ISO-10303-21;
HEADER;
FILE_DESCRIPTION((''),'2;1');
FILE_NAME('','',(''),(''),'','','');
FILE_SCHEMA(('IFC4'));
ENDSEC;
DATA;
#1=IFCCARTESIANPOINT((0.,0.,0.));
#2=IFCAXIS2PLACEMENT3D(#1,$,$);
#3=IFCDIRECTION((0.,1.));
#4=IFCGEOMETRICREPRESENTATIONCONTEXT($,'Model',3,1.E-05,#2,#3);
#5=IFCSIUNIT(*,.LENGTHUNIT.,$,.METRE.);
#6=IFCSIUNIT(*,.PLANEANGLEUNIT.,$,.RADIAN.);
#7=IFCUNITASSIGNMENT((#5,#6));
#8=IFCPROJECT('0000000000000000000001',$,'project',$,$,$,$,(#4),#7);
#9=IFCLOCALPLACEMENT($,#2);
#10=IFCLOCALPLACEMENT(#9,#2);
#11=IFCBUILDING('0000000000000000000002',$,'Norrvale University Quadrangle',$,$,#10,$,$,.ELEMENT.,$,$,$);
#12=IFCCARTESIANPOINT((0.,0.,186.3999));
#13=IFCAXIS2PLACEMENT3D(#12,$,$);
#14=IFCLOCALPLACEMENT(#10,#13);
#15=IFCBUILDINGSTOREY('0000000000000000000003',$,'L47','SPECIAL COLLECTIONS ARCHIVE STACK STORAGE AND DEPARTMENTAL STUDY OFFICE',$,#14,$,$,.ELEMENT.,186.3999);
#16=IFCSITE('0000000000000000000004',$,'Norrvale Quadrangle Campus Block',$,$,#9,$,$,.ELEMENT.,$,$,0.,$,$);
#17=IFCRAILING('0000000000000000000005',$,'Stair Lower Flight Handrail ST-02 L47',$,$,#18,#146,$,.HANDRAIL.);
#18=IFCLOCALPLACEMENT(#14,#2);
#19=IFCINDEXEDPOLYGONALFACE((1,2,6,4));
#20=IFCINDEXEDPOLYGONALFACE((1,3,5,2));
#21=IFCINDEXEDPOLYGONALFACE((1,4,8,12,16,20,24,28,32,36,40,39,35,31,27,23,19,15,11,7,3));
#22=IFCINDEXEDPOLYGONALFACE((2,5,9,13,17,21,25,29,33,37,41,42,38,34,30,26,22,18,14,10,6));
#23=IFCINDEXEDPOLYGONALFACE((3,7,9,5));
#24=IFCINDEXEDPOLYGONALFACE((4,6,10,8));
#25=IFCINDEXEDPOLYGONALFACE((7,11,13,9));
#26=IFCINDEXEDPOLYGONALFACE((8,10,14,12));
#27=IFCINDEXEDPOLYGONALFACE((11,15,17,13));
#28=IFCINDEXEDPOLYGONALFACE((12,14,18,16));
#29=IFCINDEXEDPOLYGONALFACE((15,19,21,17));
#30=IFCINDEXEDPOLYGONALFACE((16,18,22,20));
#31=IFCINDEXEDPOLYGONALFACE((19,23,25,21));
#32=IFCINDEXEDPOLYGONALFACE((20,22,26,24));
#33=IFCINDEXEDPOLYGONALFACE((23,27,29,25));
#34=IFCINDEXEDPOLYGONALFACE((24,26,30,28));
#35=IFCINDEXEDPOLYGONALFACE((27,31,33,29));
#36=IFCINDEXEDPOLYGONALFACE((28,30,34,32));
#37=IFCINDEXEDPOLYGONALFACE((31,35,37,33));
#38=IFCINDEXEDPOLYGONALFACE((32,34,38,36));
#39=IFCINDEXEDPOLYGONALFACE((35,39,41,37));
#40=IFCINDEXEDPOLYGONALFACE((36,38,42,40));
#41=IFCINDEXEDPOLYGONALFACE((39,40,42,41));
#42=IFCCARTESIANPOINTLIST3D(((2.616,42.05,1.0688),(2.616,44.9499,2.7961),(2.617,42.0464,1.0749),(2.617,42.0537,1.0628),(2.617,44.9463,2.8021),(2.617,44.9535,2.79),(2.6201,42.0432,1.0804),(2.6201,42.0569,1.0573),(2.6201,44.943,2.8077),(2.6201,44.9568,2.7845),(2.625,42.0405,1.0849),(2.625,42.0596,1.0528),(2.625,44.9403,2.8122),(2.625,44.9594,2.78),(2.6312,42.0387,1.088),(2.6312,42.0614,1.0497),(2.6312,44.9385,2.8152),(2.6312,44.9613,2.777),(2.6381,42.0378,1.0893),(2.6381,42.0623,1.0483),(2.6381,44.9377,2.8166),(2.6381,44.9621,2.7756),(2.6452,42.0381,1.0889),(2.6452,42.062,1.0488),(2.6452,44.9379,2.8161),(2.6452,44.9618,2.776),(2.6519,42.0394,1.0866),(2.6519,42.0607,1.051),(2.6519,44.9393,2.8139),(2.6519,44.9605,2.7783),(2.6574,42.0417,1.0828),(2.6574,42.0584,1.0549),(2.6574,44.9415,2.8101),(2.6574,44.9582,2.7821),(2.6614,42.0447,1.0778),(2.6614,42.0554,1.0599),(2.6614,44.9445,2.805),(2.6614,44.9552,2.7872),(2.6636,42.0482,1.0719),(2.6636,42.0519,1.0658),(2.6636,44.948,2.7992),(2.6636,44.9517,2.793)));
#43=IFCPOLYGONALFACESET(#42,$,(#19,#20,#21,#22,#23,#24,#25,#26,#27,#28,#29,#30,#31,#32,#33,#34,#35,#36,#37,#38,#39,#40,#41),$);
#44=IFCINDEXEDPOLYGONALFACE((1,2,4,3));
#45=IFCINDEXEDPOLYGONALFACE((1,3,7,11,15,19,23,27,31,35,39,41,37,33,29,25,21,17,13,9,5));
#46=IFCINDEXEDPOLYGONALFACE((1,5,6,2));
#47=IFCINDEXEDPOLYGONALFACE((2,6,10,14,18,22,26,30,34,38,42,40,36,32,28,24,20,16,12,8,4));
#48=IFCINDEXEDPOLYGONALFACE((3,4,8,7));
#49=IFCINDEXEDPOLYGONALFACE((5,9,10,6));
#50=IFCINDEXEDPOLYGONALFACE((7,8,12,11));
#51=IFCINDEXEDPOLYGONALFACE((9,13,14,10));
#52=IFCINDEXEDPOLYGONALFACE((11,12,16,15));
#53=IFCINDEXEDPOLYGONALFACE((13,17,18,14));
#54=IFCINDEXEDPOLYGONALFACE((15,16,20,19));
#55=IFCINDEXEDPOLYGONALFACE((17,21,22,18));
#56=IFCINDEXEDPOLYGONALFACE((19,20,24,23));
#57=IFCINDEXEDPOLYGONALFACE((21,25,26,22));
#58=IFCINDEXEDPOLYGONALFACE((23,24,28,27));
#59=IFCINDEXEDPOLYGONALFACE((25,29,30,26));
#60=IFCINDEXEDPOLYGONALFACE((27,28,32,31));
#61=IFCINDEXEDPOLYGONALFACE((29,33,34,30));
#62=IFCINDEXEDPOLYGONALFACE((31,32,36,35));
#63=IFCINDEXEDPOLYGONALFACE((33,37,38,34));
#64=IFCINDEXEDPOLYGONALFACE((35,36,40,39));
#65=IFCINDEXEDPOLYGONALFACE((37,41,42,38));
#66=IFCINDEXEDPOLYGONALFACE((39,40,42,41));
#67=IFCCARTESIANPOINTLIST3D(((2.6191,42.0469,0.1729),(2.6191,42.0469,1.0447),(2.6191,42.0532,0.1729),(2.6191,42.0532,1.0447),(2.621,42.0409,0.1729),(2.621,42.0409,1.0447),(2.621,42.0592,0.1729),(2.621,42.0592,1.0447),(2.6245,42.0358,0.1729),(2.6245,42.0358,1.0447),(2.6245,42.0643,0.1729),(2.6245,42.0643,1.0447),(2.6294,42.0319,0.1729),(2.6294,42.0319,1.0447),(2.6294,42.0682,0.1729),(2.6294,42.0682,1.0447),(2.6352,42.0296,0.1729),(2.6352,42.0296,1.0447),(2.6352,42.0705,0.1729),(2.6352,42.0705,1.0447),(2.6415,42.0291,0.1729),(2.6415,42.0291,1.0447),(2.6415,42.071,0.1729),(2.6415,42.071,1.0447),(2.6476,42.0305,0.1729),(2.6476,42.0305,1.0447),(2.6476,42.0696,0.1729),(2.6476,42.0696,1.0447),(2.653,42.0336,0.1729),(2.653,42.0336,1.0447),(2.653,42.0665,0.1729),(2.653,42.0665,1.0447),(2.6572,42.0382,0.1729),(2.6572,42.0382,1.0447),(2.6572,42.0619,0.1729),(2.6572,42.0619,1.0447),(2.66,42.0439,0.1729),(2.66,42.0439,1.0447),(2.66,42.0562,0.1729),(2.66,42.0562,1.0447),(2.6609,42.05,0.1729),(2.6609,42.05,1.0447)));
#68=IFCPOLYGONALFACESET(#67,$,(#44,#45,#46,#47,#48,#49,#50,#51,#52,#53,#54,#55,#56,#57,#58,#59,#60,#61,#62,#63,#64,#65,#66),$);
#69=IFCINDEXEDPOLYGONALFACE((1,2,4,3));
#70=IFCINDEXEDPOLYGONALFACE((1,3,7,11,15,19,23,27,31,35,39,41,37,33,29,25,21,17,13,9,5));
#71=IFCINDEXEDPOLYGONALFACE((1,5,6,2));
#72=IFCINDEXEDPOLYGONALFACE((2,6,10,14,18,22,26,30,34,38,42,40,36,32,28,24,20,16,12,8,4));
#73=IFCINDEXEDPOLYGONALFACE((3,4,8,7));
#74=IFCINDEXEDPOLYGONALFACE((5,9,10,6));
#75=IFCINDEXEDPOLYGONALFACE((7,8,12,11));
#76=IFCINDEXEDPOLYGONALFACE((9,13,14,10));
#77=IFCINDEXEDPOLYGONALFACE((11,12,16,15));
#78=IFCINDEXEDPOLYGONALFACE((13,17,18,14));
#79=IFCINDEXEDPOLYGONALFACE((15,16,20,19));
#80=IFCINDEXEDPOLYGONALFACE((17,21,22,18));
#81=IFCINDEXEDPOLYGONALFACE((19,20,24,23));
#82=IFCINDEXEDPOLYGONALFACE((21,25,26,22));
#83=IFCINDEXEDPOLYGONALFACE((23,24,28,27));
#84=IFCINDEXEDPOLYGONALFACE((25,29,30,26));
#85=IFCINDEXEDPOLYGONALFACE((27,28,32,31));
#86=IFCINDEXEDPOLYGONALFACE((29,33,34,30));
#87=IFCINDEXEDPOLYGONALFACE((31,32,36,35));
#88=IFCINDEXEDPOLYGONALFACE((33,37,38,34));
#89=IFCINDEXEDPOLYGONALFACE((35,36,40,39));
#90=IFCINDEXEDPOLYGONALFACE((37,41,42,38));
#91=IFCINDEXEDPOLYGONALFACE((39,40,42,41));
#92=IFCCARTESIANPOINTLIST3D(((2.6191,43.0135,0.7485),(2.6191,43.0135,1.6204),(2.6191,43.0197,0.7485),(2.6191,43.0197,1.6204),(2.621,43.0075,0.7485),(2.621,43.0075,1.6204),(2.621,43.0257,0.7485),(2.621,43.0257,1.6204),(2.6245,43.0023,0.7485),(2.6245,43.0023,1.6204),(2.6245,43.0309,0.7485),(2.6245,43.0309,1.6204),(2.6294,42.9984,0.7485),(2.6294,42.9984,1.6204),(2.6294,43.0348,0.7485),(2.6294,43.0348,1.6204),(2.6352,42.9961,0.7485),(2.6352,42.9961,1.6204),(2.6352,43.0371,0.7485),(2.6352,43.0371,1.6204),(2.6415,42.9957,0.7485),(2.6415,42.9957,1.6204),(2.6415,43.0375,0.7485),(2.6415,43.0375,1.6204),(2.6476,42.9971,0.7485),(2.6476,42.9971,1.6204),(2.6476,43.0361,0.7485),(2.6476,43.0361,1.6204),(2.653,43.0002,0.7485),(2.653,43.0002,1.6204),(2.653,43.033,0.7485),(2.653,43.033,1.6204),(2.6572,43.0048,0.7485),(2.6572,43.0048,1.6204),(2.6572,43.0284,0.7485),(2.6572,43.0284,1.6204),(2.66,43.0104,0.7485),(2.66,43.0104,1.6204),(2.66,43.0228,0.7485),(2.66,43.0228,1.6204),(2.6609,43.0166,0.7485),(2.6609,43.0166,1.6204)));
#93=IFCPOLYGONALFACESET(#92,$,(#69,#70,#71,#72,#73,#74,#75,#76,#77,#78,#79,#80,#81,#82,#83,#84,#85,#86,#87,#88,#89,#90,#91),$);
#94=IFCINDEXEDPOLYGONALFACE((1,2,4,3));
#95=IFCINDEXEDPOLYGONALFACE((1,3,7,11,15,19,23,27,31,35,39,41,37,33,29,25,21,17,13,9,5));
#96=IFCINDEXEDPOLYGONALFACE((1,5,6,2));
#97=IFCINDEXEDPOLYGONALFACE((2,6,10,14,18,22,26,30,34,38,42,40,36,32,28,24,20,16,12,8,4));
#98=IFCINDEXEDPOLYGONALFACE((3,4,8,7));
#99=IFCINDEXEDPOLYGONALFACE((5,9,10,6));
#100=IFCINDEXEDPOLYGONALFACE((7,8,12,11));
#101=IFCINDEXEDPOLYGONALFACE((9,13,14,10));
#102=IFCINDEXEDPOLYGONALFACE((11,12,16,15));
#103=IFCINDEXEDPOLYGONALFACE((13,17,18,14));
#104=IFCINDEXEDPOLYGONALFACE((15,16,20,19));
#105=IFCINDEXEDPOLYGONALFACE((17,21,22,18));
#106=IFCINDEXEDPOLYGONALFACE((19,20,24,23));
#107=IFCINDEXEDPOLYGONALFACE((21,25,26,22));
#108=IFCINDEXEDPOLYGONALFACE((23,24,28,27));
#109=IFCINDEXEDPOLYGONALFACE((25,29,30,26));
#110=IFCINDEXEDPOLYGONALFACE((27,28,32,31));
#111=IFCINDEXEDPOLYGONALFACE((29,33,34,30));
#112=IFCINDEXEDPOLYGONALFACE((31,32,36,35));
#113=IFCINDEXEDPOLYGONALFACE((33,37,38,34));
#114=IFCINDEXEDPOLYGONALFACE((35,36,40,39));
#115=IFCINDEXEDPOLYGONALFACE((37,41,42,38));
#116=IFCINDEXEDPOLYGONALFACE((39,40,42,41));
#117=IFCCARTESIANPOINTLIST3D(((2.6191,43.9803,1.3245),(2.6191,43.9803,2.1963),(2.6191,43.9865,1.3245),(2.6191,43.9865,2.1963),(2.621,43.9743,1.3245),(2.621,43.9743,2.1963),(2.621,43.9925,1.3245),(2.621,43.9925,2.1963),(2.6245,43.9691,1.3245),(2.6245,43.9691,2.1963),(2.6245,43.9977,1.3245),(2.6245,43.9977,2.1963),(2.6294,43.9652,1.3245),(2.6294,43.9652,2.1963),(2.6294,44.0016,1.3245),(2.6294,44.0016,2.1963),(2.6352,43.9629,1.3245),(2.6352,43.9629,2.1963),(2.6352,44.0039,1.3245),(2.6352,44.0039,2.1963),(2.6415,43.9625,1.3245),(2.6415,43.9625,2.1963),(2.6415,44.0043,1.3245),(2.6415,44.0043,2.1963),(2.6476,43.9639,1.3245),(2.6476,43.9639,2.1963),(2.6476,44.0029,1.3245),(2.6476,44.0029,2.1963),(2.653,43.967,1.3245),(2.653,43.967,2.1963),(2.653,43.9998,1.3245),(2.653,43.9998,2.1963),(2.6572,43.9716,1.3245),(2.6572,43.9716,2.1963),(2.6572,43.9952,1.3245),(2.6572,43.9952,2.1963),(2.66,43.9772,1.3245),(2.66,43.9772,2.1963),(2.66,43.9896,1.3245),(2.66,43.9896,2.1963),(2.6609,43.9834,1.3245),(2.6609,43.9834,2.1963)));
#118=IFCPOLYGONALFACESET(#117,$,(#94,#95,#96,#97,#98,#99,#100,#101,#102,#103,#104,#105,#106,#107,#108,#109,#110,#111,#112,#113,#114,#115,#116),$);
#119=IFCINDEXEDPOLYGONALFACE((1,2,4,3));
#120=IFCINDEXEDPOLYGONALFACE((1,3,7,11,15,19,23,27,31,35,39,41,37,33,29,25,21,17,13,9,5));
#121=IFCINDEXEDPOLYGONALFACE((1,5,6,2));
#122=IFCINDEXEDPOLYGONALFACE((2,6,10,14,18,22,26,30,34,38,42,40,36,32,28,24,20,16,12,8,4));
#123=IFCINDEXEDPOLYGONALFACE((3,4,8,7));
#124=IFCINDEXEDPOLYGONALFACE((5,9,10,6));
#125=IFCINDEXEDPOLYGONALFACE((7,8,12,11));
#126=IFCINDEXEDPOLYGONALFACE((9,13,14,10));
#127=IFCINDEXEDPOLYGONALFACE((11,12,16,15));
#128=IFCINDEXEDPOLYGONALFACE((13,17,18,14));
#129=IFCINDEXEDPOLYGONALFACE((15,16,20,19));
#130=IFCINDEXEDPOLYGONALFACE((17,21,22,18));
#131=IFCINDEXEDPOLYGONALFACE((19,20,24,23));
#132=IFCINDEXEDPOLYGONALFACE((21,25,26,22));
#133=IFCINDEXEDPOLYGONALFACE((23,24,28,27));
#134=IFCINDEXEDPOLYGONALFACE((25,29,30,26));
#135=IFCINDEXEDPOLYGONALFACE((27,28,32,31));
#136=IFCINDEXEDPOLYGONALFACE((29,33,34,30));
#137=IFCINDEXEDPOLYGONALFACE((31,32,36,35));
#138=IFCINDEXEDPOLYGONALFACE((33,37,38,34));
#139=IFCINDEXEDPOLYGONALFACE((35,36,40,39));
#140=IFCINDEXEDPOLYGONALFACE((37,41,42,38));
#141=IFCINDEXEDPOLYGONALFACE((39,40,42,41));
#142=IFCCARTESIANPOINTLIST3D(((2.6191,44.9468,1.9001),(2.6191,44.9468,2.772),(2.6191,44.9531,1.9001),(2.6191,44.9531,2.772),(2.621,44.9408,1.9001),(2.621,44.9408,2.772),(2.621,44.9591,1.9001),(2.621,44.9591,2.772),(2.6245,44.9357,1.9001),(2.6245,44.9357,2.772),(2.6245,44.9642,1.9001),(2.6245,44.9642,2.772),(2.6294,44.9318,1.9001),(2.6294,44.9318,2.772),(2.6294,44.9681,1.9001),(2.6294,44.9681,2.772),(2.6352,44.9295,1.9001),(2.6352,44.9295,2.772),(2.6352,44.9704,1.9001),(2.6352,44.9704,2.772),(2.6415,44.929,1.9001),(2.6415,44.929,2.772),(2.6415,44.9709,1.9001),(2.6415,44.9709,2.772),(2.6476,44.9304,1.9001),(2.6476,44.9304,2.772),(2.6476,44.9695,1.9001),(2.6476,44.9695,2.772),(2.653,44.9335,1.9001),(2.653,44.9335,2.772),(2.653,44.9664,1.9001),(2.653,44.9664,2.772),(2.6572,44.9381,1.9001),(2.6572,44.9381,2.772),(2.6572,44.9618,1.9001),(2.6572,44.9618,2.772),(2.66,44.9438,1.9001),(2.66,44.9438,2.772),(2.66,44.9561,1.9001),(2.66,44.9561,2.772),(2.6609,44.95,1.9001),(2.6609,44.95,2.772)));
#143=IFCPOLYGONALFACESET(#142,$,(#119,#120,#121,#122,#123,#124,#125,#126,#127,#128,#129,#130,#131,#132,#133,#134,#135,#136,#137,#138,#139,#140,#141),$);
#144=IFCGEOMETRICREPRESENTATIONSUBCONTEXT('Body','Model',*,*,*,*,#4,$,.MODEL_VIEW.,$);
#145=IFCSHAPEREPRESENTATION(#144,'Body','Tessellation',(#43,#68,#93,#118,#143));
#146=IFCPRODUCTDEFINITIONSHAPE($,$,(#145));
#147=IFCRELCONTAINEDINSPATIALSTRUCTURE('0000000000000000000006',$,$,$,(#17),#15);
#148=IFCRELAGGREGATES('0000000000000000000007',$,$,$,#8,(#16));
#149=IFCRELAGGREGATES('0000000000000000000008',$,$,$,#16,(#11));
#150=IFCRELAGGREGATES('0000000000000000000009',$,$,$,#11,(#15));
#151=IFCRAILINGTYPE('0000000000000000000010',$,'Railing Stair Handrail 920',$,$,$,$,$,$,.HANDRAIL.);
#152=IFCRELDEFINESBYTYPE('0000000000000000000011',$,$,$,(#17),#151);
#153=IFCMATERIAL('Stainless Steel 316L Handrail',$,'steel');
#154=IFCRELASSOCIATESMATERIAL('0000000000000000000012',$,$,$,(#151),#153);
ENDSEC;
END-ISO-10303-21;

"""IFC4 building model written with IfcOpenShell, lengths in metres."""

from ifc_helpers import new_model, si_unit, direction, frame, origin, origin_2d, place, context, subcontext, project, spatial, circle, extrude, material, type_object, element, save


model = new_model("IFC4")

# Units and contexts
model_context = context("Model", 3, precision=1e-05, world=origin(), true_north=direction((0.0, 1.0)))
body_context = subcontext(model_context, "Body", "Model", "MODEL_VIEW")
ifc_project = project(units=[si_unit("LENGTHUNIT", "METRE"), si_unit("PLANEANGLEUNIT", "RADIAN")], contexts=[model_context])

# Site, building, storey
site_placement = place(None, origin())
site = spatial("IfcSite", under=ifc_project, at=site_placement, Name="Norrvale Quadrangle Campus Block", CompositionType="ELEMENT", RefElevation=0.0)
building_placement = place(site_placement, origin())
building = spatial("IfcBuilding", under=site, at=building_placement, Name="Norrvale University Quadrangle", CompositionType="ELEMENT")
storey_placement = place(building_placement, frame((0.0, 0.0, 186.3999)))
storey = spatial("IfcBuildingStorey", under=building, at=storey_placement, Name="L47", Description="SPECIAL COLLECTIONS ARCHIVE STACK STORAGE AND DEPARTMENTAL STUDY OFFICE", CompositionType="ELEMENT", Elevation=186.3999)

# Railing
ifc_material_1 = material(Name="Stainless Steel 316L Handrail", Category="steel")
railing_type_1 = type_object("IfcRailingType", Name="Railing Stair Handrail 920", PredefinedType="HANDRAIL", material=ifc_material_1)
railing_1_placement = place(storey_placement, frame((2.6399, 42.05, 0.1729)))
element("IfcRailing", 1, at=railing_1_placement, inside=storey, type_object=railing_type_1, Name="Stair Lower Flight Handrail ST-02 L47", PredefinedType="HANDRAIL", context=body_context, shape_type="SweptSolid", body=[
    extrude(circle(Radius=0.0239, at=origin_2d()), frame((0.0, 0.0, 0.896), z_axis=(0.0, 0.859141, 0.511738), x_axis=(-1.0, 0.0, 0.0)), (0.0, 0.0, 1.0), 3.3752),
    extrude(circle(Radius=0.021, at=origin_2d()), origin(), (0.0, 0.0, 1.0), 0.8718),
    extrude(circle(Radius=0.021, at=origin_2d()), frame((0.0, 0.9666, 0.5757)), (0.0, 0.0, 1.0), 0.8718),
    extrude(circle(Radius=0.021, at=origin_2d()), frame((0.0, 1.9333, 1.1516)), (0.0, 0.0, 1.0), 0.8718),
    extrude(circle(Radius=0.021, at=origin_2d()), frame((0.0, 2.8999, 1.7273)), (0.0, 0.0, 1.0), 0.8718),
])

save(model, "model.ifc")
